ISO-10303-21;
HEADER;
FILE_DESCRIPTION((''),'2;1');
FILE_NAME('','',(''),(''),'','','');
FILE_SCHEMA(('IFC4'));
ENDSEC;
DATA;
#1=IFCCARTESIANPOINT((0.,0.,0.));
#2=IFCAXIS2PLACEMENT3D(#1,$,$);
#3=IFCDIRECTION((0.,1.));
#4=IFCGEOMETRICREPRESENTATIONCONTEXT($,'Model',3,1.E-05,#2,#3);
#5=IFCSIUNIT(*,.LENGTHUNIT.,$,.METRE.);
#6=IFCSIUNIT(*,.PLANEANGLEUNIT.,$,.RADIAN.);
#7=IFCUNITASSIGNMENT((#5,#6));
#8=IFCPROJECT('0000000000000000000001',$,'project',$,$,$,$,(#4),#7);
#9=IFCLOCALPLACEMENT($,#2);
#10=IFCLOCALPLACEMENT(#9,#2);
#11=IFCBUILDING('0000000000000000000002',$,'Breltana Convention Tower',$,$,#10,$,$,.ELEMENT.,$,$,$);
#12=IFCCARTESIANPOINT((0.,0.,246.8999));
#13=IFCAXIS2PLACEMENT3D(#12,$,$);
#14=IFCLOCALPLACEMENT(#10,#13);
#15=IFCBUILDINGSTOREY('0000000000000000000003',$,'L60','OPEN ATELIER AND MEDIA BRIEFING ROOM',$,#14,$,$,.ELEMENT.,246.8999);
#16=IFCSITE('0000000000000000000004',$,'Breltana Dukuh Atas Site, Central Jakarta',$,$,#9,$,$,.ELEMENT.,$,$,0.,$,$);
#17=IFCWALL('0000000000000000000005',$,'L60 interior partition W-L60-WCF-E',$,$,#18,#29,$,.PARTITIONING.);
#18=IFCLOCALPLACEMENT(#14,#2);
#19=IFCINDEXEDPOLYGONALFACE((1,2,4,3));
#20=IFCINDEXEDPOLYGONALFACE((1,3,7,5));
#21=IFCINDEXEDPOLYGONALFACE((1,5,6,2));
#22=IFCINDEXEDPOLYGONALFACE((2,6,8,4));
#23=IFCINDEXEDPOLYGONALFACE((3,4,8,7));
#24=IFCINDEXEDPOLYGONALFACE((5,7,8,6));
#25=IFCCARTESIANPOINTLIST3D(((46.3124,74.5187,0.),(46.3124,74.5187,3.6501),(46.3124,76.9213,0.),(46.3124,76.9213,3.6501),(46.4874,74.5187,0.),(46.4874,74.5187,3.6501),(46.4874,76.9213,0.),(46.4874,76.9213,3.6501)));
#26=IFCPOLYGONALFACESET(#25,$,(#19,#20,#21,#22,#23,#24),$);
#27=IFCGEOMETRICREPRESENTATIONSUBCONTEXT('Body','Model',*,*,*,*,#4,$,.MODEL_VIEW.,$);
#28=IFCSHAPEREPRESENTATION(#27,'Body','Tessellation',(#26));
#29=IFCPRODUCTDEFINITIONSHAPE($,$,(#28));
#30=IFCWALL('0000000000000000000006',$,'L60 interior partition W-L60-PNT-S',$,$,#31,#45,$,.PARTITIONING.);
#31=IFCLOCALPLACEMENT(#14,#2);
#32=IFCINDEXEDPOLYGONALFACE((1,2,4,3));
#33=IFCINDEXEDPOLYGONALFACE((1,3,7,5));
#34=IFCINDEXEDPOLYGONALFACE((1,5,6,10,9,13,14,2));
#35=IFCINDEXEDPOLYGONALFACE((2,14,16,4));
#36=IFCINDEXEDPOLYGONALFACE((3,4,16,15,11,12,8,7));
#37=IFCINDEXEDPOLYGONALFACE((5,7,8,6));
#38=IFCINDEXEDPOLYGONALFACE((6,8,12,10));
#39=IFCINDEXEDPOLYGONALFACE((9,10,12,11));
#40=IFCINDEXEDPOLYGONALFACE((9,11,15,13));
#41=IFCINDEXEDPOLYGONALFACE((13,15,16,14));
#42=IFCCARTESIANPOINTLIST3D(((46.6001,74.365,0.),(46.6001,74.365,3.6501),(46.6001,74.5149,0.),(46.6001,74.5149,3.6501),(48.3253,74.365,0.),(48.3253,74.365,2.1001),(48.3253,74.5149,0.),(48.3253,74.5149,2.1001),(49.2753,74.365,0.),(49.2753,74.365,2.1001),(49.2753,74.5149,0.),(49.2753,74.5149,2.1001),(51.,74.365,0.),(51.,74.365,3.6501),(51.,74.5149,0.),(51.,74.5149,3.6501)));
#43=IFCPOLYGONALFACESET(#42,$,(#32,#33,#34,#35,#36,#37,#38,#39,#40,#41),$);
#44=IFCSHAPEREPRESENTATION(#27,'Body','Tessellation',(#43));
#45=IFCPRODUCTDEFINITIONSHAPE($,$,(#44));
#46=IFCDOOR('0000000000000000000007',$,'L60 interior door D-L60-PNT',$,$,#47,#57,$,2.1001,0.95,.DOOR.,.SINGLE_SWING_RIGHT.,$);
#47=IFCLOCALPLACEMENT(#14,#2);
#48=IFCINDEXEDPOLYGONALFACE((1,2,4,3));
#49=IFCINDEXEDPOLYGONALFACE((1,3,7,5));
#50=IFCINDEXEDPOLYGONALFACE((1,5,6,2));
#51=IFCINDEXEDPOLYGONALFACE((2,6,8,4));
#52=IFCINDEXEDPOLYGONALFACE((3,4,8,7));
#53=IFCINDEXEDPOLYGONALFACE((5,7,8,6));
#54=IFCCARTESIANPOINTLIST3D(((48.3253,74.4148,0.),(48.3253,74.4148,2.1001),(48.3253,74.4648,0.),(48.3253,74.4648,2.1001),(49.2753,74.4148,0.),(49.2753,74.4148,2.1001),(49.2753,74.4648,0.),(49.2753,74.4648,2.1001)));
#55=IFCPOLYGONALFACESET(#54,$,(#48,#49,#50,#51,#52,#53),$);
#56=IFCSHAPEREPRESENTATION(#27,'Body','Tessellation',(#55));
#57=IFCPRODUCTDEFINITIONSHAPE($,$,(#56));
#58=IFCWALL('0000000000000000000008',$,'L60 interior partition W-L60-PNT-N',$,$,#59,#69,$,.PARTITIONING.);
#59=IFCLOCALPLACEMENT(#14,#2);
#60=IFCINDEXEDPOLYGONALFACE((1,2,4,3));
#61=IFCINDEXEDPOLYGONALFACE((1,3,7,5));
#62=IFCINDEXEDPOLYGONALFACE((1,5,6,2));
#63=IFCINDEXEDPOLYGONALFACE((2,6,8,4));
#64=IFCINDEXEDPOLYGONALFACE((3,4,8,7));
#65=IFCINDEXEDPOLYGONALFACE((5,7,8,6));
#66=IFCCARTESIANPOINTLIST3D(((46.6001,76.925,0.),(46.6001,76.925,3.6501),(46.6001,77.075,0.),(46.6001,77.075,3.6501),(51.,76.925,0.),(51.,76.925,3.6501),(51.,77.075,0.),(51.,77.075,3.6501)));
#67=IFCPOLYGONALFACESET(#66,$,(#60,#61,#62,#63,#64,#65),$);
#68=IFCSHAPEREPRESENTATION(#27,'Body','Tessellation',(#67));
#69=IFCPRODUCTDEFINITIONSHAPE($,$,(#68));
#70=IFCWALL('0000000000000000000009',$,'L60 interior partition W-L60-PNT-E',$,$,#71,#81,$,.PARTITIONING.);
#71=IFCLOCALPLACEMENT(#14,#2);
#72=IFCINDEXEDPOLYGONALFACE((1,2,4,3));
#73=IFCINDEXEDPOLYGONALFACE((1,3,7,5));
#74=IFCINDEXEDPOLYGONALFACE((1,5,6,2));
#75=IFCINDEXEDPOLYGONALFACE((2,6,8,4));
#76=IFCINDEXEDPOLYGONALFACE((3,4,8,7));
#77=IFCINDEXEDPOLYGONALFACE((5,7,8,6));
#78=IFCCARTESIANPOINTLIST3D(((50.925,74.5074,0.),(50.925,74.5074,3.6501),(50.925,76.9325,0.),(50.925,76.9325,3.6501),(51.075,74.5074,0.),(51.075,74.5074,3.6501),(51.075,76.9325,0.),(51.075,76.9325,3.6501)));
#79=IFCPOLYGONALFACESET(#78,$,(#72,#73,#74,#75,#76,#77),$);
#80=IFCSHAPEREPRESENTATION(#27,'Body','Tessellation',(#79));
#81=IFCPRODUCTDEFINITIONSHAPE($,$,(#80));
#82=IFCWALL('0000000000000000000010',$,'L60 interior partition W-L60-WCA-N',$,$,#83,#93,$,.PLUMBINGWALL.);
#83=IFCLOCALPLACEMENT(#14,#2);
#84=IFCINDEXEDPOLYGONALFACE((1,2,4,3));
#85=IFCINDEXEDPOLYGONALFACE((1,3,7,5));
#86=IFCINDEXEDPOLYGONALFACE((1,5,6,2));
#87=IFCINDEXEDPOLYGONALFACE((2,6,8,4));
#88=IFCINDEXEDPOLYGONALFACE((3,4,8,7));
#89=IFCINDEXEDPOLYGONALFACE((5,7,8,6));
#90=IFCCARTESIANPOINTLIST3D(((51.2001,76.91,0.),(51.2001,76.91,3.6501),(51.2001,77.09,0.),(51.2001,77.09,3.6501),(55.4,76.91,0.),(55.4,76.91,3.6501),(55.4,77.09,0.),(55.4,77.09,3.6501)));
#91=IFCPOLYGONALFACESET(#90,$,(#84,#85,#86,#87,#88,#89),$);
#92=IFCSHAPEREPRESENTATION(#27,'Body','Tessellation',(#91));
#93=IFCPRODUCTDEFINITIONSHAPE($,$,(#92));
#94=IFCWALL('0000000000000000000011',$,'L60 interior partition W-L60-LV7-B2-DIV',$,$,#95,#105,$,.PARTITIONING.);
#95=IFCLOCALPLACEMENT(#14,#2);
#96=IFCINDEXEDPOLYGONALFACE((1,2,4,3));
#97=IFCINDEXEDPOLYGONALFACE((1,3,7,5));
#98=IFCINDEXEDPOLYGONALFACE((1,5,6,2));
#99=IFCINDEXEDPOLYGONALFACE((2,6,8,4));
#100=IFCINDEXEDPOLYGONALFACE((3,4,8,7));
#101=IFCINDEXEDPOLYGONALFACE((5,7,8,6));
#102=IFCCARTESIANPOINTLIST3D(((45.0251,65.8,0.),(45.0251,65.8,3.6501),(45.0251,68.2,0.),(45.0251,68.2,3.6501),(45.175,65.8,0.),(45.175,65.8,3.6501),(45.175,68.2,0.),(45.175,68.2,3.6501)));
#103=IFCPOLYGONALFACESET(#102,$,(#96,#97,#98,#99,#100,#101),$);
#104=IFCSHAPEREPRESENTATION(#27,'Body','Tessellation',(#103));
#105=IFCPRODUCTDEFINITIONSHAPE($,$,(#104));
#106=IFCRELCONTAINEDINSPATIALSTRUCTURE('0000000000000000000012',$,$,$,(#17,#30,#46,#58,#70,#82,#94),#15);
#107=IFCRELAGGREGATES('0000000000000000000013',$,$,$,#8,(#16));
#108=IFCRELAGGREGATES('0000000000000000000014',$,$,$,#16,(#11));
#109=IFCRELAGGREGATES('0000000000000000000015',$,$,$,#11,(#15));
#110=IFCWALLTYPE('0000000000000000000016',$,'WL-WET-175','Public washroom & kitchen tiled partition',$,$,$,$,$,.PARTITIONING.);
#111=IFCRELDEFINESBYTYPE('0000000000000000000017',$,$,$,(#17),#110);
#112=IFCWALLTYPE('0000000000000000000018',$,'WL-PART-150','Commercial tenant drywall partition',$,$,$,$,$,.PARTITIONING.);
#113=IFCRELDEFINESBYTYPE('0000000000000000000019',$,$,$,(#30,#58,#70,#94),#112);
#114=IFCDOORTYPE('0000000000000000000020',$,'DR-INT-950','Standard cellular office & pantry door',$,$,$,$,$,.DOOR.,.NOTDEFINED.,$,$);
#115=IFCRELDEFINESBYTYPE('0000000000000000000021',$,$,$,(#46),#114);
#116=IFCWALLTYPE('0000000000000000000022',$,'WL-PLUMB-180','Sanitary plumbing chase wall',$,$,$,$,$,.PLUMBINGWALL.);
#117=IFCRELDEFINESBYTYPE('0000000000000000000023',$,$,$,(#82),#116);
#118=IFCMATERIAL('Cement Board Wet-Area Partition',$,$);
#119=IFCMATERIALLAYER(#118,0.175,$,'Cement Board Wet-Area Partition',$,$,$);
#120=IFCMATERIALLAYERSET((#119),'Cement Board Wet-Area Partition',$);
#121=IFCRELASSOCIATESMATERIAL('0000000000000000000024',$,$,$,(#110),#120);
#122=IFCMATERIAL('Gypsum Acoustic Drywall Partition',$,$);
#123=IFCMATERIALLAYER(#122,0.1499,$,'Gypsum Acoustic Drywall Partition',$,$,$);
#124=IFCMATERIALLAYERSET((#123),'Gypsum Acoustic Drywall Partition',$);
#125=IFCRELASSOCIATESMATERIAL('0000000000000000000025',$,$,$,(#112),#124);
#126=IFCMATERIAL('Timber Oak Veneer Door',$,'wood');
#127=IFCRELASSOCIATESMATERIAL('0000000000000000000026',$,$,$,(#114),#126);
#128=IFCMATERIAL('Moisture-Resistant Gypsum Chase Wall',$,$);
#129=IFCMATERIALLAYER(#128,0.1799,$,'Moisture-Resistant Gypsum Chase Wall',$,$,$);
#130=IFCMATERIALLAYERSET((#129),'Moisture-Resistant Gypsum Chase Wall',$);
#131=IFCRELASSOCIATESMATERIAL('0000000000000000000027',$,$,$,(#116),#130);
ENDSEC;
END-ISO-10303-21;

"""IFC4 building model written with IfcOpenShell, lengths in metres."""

from ifc_helpers import new_model, si_unit, direction, frame, frame_2d, origin, place, context, subcontext, project, spatial, rectangle, extrude, source, transform, mapped, material, layer, layer_set, type_object, type_shapes, element, fill, save


model = new_model("IFC4")

# Units and contexts
model_context = context("Model", 3, precision=1e-05, world=origin(), true_north=direction((0.0, 1.0)))
body_context = subcontext(model_context, "Body", "Model", "MODEL_VIEW")
ifc_project = project(units=[si_unit("LENGTHUNIT", "METRE"), si_unit("PLANEANGLEUNIT", "RADIAN")], contexts=[model_context])

# Site, building, storey
site_placement = place(None, origin())
site = spatial("IfcSite", under=ifc_project, at=site_placement, Name="Breltana Dukuh Atas Site, Central Jakarta", CompositionType="ELEMENT", RefElevation=0.0)
building_placement = place(site_placement, origin())
building = spatial("IfcBuilding", under=site, at=building_placement, Name="Breltana Convention Tower", CompositionType="ELEMENT")
storey_placement = place(building_placement, frame((0.0, 0.0, 246.8999)))
storey = spatial("IfcBuildingStorey", under=building, at=storey_placement, Name="L60", Description="OPEN ATELIER AND MEDIA BRIEFING ROOM", CompositionType="ELEMENT", Elevation=246.8999)

# Wall
ifc_material_1 = material(Name="Cement Board Wet-Area Partition")
ifc_layer_1 = layer(ifc_material_1, 0.175, Name="Cement Board Wet-Area Partition")
ifc_layer_set_1 = layer_set([ifc_layer_1], Name="Cement Board Wet-Area Partition")
wall_type_1 = type_object("IfcWallType", Name="WL-WET-175", Description="Public washroom & kitchen tiled partition", PredefinedType="PARTITIONING", material=ifc_layer_set_1)
shared_shape_1 = source(origin(), body_context, "Body", "SweptSolid", [
    extrude(rectangle(XDim=2.4026, YDim=0.175, at=frame_2d((1.2012, 0.0))), origin(), (0.0, 0.0, 1.0), 3.6501),
])
wall_1_placement = place(storey_placement, frame((46.3999, 74.5188, 0.0), z_axis=(0.0, 0.0, 1.0), x_axis=(0.0, 1.0, 0.0)))
element("IfcWall", 1, at=wall_1_placement, inside=storey, type_object=wall_type_1, Name="L60 interior partition W-L60-WCF-E", PredefinedType="PARTITIONING", context=body_context, shape_type="MappedRepresentation", body=[
    mapped(shared_shape_1, transform((0.0, 0.0, 0.0), scale=1.0)),
])

# Wall, opening, door
ifc_material_2 = material(Name="Gypsum Acoustic Drywall Partition")
ifc_layer_2 = layer(ifc_material_2, 0.1499, Name="Gypsum Acoustic Drywall Partition")
ifc_layer_set_2 = layer_set([ifc_layer_2], Name="Gypsum Acoustic Drywall Partition")
wall_type_2 = type_object("IfcWallType", Name="WL-PART-150", Description="Commercial tenant drywall partition", PredefinedType="PARTITIONING", material=ifc_layer_set_2)
shared_shape_2 = source(origin(), body_context, "Body", "SweptSolid", [
    extrude(rectangle(XDim=4.3999, YDim=0.1499, at=frame_2d((2.2, 0.0))), origin(), (0.0, 0.0, 1.0), 3.6501),
])
wall_2_placement = place(storey_placement, frame((46.6001, 74.4399, 0.0), z_axis=(0.0, 0.0, 1.0), x_axis=(1.0, 0.0, 0.0)))
wall_2 = element("IfcWall", 2, at=wall_2_placement, inside=storey, type_object=wall_type_2, Name="L60 interior partition W-L60-PNT-S", PredefinedType="PARTITIONING", context=body_context, shape_type="MappedRepresentation", body=[
    mapped(shared_shape_2, transform((0.0, 0.0, 0.0), scale=1.0)),
])
opening_1_placement = place(wall_2_placement, frame((1.7251, 0.0, 0.0)))
opening_1 = element("IfcOpeningElement", 3, at=opening_1_placement, cuts=wall_2, PredefinedType="OPENING", context=body_context, shape_type="SweptSolid", body=[
    extrude(rectangle(XDim=0.95, YDim=2.1001, at=frame_2d((0.4751, 1.05))), frame((0.0, 0.085, 0.0), z_axis=(0.0, -1.0, 0.0), x_axis=(1.0, 0.0, 0.0)), (0.0, 0.0, 1.0), 0.1699),
])
ifc_material_3 = material(Name="Timber Oak Veneer Door", Category="wood")
door_type_1 = type_object("IfcDoorType", Name="DR-INT-950", Description="Standard cellular office & pantry door", OperationType="NOTDEFINED", PredefinedType="DOOR", material=ifc_material_3)
shared_shape_3 = source(origin(), body_context, "Body", "SweptSolid", [
    extrude(rectangle(XDim=0.95, YDim=2.1001, at=frame_2d((0.4751, 1.05))), frame((0.0, 0.0249, 0.0), z_axis=(0.0, -1.0, 0.0), x_axis=(1.0, 0.0, 0.0)), (0.0, 0.0, 1.0), 0.05),
])
type_shapes(door_type_1, [shared_shape_3])
door_1_placement = place(opening_1_placement, origin())
door_1 = element("IfcDoor", 4, at=door_1_placement, inside=storey, type_object=door_type_1, Name="L60 interior door D-L60-PNT", OperationType="SINGLE_SWING_RIGHT", OverallHeight=2.1001, OverallWidth=0.95, PredefinedType="DOOR", context=body_context, shape_type="MappedRepresentation", body=[
    mapped(shared_shape_3, transform((0.0, 0.0, 0.0), scale=1.0)),
])
fill(opening_1, door_1)

# Walls
wall_3_placement = place(storey_placement, frame((46.6001, 77.0, 0.0), z_axis=(0.0, 0.0, 1.0), x_axis=(1.0, 0.0, 0.0)))
element("IfcWall", 5, at=wall_3_placement, inside=storey, type_object=wall_type_2, Name="L60 interior partition W-L60-PNT-N", PredefinedType="PARTITIONING", context=body_context, shape_type="MappedRepresentation", body=[
    mapped(shared_shape_2, transform((0.0, 0.0, 0.0), scale=1.0)),
])
shared_shape_4 = source(origin(), body_context, "Body", "SweptSolid", [
    extrude(rectangle(XDim=2.425, YDim=0.1499, at=frame_2d((1.2124, 0.0))), origin(), (0.0, 0.0, 1.0), 3.6501),
])
wall_4_placement = place(storey_placement, frame((51.0, 74.5076, 0.0), z_axis=(0.0, 0.0, 1.0), x_axis=(0.0, 1.0, 0.0)))
element("IfcWall", 6, at=wall_4_placement, inside=storey, type_object=wall_type_2, Name="L60 interior partition W-L60-PNT-E", PredefinedType="PARTITIONING", context=body_context, shape_type="MappedRepresentation", body=[
    mapped(shared_shape_4, transform((0.0, 0.0, 0.0), scale=1.0)),
])

# Walls
ifc_material_4 = material(Name="Moisture-Resistant Gypsum Chase Wall")
ifc_layer_3 = layer(ifc_material_4, 0.1799, Name="Moisture-Resistant Gypsum Chase Wall")
ifc_layer_set_3 = layer_set([ifc_layer_3], Name="Moisture-Resistant Gypsum Chase Wall")
wall_type_3 = type_object("IfcWallType", Name="WL-PLUMB-180", Description="Sanitary plumbing chase wall", PredefinedType="PLUMBINGWALL", material=ifc_layer_set_3)
shared_shape_5 = source(origin(), body_context, "Body", "SweptSolid", [
    extrude(rectangle(XDim=4.2, YDim=0.1799, at=frame_2d((2.1001, 0.0))), origin(), (0.0, 0.0, 1.0), 3.6501),
])
wall_5_placement = place(storey_placement, frame((51.2, 77.0, 0.0), z_axis=(0.0, 0.0, 1.0), x_axis=(1.0, 0.0, 0.0)))
element("IfcWall", 7, at=wall_5_placement, inside=storey, type_object=wall_type_3, Name="L60 interior partition W-L60-WCA-N", PredefinedType="PLUMBINGWALL", context=body_context, shape_type="MappedRepresentation", body=[
    mapped(shared_shape_5, transform((0.0, 0.0, 0.0), scale=1.0)),
])
shared_shape_6 = source(origin(), body_context, "Body", "SweptSolid", [
    extrude(rectangle(XDim=2.3999, YDim=0.1499, at=frame_2d((1.2, 0.0))), origin(), (0.0, 0.0, 1.0), 3.6501),
])
wall_6_placement = place(storey_placement, frame((45.1001, 65.8, 0.0), z_axis=(0.0, 0.0, 1.0), x_axis=(0.0, 1.0, 0.0)))
element("IfcWall", 8, at=wall_6_placement, inside=storey, type_object=wall_type_2, Name="L60 interior partition W-L60-LV7-B2-DIV", PredefinedType="PARTITIONING", context=body_context, shape_type="MappedRepresentation", body=[
    mapped(shared_shape_6, transform((0.0, 0.0, 0.0), scale=1.0)),
])

save(model, "model.ifc")
